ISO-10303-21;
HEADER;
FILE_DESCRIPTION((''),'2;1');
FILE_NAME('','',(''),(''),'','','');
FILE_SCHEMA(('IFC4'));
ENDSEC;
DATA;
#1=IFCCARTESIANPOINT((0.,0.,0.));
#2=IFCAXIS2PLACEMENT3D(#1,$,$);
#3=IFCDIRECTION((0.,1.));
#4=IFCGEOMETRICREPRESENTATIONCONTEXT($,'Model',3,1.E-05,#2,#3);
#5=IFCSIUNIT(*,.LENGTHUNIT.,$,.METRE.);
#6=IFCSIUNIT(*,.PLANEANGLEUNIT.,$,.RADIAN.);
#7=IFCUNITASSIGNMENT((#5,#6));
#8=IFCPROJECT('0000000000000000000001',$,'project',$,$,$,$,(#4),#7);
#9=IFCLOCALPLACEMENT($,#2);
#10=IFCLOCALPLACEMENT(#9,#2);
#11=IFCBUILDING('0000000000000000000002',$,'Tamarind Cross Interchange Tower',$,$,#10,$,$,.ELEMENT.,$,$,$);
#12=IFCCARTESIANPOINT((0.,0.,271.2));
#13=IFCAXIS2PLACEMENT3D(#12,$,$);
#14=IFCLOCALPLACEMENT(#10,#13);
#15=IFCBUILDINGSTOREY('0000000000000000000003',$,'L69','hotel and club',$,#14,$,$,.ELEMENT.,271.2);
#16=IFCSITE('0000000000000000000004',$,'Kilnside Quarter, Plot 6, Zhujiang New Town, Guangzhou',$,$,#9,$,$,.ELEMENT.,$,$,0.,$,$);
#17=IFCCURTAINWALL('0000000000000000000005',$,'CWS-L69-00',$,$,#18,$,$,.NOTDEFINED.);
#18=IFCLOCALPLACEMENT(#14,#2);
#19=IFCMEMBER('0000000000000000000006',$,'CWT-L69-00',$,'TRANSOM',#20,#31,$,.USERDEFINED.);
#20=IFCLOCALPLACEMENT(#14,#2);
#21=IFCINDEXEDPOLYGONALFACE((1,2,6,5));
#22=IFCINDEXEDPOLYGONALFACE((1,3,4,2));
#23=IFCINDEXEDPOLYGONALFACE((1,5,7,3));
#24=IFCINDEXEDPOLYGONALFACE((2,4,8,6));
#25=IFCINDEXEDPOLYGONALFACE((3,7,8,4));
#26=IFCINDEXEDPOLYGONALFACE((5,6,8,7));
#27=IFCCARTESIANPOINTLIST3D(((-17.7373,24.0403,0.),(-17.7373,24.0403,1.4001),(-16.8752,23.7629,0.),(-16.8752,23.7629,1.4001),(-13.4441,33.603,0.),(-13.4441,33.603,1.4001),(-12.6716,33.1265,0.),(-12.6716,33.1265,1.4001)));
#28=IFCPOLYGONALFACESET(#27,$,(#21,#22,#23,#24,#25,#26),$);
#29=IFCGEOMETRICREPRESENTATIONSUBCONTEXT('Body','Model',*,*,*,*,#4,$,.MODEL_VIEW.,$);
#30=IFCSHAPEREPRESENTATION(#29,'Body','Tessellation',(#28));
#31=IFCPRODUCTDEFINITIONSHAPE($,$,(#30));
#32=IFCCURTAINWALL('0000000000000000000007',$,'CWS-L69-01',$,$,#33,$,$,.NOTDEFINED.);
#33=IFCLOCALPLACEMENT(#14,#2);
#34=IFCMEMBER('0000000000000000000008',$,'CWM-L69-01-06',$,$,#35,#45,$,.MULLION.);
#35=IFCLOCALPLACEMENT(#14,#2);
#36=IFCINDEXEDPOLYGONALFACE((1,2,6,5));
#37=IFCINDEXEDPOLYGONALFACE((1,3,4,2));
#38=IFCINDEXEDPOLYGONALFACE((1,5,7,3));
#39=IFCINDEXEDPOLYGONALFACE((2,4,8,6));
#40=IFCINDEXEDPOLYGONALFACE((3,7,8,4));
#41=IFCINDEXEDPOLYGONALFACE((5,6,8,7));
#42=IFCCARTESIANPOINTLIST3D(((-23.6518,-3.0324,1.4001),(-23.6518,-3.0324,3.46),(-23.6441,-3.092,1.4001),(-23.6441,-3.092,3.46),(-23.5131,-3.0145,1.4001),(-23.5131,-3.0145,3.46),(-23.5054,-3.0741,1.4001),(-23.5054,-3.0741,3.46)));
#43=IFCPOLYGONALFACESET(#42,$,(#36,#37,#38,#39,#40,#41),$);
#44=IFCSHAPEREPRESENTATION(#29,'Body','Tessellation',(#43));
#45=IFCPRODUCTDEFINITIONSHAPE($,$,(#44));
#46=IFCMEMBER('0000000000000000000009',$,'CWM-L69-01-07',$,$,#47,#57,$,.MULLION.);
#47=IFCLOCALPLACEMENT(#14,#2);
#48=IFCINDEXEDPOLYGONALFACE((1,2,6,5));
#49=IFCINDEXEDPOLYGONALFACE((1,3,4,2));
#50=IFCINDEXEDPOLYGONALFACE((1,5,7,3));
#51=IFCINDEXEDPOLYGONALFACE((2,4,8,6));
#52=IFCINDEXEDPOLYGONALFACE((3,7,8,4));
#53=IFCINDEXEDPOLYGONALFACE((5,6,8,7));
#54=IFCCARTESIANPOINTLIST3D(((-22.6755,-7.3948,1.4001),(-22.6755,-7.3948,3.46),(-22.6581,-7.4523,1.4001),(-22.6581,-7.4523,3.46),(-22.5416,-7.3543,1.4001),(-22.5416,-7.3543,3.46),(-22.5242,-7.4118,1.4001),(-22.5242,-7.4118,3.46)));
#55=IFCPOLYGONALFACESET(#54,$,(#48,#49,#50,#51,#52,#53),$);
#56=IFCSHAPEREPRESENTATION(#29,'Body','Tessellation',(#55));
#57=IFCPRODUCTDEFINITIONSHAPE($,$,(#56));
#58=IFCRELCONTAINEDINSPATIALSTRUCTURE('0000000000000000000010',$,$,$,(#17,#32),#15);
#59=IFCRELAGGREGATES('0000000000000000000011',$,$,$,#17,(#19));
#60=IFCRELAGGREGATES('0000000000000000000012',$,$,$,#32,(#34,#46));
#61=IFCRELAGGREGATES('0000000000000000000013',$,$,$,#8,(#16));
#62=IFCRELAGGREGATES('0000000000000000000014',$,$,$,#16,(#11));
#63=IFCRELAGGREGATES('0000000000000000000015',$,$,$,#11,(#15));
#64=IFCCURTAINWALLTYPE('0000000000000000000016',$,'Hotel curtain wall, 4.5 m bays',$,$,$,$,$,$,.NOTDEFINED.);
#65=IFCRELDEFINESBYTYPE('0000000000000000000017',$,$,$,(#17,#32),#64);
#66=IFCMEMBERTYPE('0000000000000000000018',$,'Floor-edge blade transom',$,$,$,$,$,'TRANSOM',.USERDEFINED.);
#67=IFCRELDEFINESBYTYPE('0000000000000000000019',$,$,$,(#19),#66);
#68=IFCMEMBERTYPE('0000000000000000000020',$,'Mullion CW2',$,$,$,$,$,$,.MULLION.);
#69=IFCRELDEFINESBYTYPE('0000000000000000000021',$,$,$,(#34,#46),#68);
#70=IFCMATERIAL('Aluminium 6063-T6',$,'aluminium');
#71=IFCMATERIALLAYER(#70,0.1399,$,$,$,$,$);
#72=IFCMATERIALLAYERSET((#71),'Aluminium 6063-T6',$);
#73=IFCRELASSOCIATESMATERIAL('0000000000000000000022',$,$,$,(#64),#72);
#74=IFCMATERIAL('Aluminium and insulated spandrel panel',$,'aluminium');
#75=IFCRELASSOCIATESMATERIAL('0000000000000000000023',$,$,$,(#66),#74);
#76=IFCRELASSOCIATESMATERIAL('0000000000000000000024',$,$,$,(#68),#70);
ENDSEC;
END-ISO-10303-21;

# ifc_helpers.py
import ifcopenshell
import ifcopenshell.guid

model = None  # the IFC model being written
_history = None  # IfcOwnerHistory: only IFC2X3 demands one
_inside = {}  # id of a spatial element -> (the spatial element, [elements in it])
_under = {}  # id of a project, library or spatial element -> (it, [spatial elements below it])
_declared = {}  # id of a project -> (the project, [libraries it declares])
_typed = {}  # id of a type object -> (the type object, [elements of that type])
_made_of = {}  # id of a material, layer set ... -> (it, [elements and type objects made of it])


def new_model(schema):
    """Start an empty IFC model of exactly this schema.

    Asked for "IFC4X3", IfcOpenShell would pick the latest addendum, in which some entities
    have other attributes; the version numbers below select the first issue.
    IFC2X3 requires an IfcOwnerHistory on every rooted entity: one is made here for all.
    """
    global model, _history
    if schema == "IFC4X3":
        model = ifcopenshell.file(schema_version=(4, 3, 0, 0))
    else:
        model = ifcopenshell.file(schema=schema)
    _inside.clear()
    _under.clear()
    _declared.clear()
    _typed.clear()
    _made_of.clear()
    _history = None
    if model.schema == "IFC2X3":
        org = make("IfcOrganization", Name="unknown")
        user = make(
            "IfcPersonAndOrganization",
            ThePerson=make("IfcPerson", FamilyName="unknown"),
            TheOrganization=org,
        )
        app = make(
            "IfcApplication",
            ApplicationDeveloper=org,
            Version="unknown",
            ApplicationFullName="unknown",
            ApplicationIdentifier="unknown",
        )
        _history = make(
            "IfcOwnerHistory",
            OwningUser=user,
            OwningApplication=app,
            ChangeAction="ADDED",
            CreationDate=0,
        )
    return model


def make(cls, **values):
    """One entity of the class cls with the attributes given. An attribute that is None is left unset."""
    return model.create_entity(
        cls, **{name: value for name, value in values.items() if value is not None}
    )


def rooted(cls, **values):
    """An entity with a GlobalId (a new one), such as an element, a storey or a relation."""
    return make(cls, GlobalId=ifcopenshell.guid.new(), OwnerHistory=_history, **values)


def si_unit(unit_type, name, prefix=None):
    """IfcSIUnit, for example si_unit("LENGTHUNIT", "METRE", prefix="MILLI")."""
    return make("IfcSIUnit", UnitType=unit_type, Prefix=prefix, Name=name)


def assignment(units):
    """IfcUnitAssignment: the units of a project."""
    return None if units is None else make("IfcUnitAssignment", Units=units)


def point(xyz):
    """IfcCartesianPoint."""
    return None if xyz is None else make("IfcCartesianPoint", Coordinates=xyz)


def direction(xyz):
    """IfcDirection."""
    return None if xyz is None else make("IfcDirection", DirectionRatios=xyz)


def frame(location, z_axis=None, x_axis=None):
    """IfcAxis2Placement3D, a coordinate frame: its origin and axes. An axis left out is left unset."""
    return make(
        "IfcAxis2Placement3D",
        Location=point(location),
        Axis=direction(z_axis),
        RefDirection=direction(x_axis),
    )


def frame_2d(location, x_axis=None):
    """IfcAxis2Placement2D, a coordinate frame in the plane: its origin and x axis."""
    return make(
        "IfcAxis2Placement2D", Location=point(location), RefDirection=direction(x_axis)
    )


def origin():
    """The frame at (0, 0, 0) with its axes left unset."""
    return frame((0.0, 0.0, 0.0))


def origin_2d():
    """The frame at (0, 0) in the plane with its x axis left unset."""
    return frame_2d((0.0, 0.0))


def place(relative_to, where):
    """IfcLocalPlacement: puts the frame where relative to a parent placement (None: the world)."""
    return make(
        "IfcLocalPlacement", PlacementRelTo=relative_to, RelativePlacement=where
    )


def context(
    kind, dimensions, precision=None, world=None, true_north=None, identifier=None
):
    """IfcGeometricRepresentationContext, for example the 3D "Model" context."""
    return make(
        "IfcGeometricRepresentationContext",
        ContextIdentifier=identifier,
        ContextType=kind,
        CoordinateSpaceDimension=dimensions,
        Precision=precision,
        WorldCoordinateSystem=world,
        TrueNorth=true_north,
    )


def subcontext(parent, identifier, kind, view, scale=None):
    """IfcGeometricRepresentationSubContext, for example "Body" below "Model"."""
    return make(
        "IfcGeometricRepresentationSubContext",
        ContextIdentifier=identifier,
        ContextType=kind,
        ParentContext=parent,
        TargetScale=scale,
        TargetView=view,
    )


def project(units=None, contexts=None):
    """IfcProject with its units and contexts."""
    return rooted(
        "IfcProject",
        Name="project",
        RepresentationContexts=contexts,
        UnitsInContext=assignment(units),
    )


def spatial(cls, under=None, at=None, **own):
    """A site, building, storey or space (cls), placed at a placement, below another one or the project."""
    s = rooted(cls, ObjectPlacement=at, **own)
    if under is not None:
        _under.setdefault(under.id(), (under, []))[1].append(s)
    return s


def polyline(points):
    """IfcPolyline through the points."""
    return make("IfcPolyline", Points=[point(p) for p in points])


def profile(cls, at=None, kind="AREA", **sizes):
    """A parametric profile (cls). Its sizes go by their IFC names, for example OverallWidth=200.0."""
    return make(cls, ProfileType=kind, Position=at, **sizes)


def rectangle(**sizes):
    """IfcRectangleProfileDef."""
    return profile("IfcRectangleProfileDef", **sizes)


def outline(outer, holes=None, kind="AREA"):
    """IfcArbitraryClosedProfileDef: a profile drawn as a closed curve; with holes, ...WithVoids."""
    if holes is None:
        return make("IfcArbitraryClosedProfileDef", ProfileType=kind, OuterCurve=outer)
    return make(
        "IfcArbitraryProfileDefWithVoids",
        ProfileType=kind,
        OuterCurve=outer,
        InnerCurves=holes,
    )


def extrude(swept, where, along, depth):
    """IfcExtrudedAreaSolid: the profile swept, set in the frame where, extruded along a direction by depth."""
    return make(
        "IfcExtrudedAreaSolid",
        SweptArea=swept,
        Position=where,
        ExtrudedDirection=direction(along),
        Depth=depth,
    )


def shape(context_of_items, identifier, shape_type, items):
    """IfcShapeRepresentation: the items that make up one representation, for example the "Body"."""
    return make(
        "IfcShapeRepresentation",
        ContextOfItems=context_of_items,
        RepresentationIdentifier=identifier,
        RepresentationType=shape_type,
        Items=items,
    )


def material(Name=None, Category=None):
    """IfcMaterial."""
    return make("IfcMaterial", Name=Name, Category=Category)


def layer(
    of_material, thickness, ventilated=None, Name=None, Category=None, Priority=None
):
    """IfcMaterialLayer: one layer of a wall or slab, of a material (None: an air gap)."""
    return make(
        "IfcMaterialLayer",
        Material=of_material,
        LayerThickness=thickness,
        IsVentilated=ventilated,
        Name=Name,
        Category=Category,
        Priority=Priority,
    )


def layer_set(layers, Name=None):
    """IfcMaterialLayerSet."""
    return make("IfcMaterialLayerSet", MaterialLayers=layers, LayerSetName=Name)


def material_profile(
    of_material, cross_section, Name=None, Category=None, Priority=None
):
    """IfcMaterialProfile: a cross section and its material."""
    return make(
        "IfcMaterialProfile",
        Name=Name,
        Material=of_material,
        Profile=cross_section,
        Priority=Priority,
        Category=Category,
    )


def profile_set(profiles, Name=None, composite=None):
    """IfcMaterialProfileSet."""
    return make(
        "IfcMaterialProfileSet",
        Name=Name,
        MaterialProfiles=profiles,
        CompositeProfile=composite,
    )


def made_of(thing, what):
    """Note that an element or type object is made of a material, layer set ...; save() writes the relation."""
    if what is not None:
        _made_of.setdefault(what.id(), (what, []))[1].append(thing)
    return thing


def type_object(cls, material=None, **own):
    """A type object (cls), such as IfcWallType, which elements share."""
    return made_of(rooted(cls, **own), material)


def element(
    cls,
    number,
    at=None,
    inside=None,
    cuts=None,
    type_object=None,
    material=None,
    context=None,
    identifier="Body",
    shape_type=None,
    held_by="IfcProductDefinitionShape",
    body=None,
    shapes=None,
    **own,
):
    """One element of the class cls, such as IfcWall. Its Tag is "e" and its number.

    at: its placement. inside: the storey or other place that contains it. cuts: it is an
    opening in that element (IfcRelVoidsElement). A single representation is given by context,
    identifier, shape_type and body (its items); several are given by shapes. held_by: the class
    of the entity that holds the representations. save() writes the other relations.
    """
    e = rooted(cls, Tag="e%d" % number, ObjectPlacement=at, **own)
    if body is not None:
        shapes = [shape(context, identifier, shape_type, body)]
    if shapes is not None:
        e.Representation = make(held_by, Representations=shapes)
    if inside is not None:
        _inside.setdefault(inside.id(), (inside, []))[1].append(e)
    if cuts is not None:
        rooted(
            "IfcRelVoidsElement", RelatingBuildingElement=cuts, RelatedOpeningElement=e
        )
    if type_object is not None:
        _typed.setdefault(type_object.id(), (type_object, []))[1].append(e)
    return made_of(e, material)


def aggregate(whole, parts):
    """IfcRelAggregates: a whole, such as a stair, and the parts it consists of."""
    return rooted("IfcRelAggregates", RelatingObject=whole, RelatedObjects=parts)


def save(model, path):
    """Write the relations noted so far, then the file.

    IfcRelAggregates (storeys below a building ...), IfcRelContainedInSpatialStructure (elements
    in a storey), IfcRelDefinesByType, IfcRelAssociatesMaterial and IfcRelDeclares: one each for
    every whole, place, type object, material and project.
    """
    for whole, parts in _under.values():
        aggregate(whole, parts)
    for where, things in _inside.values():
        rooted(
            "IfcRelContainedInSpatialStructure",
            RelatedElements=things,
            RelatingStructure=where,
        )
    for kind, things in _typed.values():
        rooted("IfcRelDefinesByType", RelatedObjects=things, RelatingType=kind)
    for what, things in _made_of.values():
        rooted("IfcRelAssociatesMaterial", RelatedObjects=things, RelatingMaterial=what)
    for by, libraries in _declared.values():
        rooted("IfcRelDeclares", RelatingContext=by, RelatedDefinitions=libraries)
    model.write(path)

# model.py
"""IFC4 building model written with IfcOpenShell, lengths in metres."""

from ifc_helpers import new_model, si_unit, direction, frame, origin, origin_2d, place, context, subcontext, project, spatial, polyline, rectangle, outline, extrude, material, layer, layer_set, material_profile, profile_set, type_object, element, aggregate, save


model = new_model("IFC4")

# Units and contexts
model_context = context("Model", 3, precision=1e-05, world=origin(), true_north=direction((0.0, 1.0)))
body_context = subcontext(model_context, "Body", "Model", "MODEL_VIEW")
ifc_project = project(units=[si_unit("LENGTHUNIT", "METRE"), si_unit("PLANEANGLEUNIT", "RADIAN")], contexts=[model_context])

# Site, building, storey
site_placement = place(None, origin())
site = spatial("IfcSite", under=ifc_project, at=site_placement, Name="Kilnside Quarter, Plot 6, Zhujiang New Town, Guangzhou", CompositionType="ELEMENT", RefElevation=0.0)
building_placement = place(site_placement, origin())
building = spatial("IfcBuilding", under=site, at=building_placement, Name="Tamarind Cross Interchange Tower", CompositionType="ELEMENT")
storey_placement = place(building_placement, frame((0.0, 0.0, 271.2)))
storey = spatial("IfcBuildingStorey", under=building, at=storey_placement, Name="L69", Description="hotel and club", CompositionType="ELEMENT", Elevation=271.2)

# Curtain wall, member
ifc_material_1 = material(Name="Aluminium 6063-T6", Category="aluminium")
ifc_layer_1 = layer(ifc_material_1, 0.1399)
ifc_layer_set_1 = layer_set([ifc_layer_1], Name="Aluminium 6063-T6")
curtain_wall_type = type_object("IfcCurtainWallType", Name="Hotel curtain wall, 4.5 m bays", PredefinedType="NOTDEFINED", material=ifc_layer_set_1)
curtain_wall_1_placement = place(storey_placement, origin())
curtain_wall_1 = element("IfcCurtainWall", 1, at=curtain_wall_1_placement, inside=storey, type_object=curtain_wall_type, Name="CWS-L69-00", PredefinedType="NOTDEFINED")
ifc_material_2 = material(Name="Aluminium and insulated spandrel panel", Category="aluminium")
member_type_1 = type_object("IfcMemberType", Name="Floor-edge blade transom", ElementType="TRANSOM", PredefinedType="USERDEFINED", material=ifc_material_2)
member_1_placement = place(storey_placement, origin())
member_1 = element("IfcMember", 2, at=member_1_placement, type_object=member_type_1, Name="CWT-L69-00", ObjectType="TRANSOM", PredefinedType="USERDEFINED", context=body_context, shape_type="SweptSolid", body=[
    extrude(outline(polyline([(-12.6716, 33.1265), (-16.8752, 23.7629), (-17.7373, 24.0403), (-13.4441, 33.603), (-12.6716, 33.1265)])), origin(), (0.0, 0.0, 1.0), 1.4001),
])

# Curtain wall, members
curtain_wall_2_placement = place(storey_placement, origin())
curtain_wall_2 = element("IfcCurtainWall", 3, at=curtain_wall_2_placement, inside=storey, type_object=curtain_wall_type, Name="CWS-L69-01", PredefinedType="NOTDEFINED")
ifc_material_profile_1 = material_profile(ifc_material_1, rectangle(XDim=0.0601, YDim=0.1399, at=origin_2d()), Name="Mullion CW2")
ifc_profile_set_1 = profile_set([ifc_material_profile_1], Name="Aluminium 6063-T6")
member_type_2 = type_object("IfcMemberType", Name="Mullion CW2", PredefinedType="MULLION", material=ifc_profile_set_1)
member_2_placement = place(storey_placement, frame((-23.5786, -3.0532, 1.4001), z_axis=(0.0, 0.0, 1.0), x_axis=(0.127962, -0.991779, 0.0)))
member_2 = element("IfcMember", 4, at=member_2_placement, type_object=member_type_2, Name="CWM-L69-01-06", PredefinedType="MULLION", context=body_context, shape_type="SweptSolid", body=[
    extrude(rectangle(XDim=0.0601, YDim=0.1399, at=origin_2d()), origin(), (0.0, 0.0, 1.0), 2.0598),
])
member_3_placement = place(storey_placement, frame((-22.5999, -7.4033, 1.4001), z_axis=(0.0, 0.0, 1.0), x_axis=(0.289458, -0.957191, 0.0)))
member_3 = element("IfcMember", 5, at=member_3_placement, type_object=member_type_2, Name="CWM-L69-01-07", PredefinedType="MULLION", context=body_context, shape_type="SweptSolid", body=[
    extrude(rectangle(XDim=0.0601, YDim=0.1399, at=origin_2d()), origin(), (0.0, 0.0, 1.0), 2.0598),
])

aggregate(curtain_wall_1, [member_1])
aggregate(curtain_wall_2, [member_2, member_3])

save(model, "model.ifc")
